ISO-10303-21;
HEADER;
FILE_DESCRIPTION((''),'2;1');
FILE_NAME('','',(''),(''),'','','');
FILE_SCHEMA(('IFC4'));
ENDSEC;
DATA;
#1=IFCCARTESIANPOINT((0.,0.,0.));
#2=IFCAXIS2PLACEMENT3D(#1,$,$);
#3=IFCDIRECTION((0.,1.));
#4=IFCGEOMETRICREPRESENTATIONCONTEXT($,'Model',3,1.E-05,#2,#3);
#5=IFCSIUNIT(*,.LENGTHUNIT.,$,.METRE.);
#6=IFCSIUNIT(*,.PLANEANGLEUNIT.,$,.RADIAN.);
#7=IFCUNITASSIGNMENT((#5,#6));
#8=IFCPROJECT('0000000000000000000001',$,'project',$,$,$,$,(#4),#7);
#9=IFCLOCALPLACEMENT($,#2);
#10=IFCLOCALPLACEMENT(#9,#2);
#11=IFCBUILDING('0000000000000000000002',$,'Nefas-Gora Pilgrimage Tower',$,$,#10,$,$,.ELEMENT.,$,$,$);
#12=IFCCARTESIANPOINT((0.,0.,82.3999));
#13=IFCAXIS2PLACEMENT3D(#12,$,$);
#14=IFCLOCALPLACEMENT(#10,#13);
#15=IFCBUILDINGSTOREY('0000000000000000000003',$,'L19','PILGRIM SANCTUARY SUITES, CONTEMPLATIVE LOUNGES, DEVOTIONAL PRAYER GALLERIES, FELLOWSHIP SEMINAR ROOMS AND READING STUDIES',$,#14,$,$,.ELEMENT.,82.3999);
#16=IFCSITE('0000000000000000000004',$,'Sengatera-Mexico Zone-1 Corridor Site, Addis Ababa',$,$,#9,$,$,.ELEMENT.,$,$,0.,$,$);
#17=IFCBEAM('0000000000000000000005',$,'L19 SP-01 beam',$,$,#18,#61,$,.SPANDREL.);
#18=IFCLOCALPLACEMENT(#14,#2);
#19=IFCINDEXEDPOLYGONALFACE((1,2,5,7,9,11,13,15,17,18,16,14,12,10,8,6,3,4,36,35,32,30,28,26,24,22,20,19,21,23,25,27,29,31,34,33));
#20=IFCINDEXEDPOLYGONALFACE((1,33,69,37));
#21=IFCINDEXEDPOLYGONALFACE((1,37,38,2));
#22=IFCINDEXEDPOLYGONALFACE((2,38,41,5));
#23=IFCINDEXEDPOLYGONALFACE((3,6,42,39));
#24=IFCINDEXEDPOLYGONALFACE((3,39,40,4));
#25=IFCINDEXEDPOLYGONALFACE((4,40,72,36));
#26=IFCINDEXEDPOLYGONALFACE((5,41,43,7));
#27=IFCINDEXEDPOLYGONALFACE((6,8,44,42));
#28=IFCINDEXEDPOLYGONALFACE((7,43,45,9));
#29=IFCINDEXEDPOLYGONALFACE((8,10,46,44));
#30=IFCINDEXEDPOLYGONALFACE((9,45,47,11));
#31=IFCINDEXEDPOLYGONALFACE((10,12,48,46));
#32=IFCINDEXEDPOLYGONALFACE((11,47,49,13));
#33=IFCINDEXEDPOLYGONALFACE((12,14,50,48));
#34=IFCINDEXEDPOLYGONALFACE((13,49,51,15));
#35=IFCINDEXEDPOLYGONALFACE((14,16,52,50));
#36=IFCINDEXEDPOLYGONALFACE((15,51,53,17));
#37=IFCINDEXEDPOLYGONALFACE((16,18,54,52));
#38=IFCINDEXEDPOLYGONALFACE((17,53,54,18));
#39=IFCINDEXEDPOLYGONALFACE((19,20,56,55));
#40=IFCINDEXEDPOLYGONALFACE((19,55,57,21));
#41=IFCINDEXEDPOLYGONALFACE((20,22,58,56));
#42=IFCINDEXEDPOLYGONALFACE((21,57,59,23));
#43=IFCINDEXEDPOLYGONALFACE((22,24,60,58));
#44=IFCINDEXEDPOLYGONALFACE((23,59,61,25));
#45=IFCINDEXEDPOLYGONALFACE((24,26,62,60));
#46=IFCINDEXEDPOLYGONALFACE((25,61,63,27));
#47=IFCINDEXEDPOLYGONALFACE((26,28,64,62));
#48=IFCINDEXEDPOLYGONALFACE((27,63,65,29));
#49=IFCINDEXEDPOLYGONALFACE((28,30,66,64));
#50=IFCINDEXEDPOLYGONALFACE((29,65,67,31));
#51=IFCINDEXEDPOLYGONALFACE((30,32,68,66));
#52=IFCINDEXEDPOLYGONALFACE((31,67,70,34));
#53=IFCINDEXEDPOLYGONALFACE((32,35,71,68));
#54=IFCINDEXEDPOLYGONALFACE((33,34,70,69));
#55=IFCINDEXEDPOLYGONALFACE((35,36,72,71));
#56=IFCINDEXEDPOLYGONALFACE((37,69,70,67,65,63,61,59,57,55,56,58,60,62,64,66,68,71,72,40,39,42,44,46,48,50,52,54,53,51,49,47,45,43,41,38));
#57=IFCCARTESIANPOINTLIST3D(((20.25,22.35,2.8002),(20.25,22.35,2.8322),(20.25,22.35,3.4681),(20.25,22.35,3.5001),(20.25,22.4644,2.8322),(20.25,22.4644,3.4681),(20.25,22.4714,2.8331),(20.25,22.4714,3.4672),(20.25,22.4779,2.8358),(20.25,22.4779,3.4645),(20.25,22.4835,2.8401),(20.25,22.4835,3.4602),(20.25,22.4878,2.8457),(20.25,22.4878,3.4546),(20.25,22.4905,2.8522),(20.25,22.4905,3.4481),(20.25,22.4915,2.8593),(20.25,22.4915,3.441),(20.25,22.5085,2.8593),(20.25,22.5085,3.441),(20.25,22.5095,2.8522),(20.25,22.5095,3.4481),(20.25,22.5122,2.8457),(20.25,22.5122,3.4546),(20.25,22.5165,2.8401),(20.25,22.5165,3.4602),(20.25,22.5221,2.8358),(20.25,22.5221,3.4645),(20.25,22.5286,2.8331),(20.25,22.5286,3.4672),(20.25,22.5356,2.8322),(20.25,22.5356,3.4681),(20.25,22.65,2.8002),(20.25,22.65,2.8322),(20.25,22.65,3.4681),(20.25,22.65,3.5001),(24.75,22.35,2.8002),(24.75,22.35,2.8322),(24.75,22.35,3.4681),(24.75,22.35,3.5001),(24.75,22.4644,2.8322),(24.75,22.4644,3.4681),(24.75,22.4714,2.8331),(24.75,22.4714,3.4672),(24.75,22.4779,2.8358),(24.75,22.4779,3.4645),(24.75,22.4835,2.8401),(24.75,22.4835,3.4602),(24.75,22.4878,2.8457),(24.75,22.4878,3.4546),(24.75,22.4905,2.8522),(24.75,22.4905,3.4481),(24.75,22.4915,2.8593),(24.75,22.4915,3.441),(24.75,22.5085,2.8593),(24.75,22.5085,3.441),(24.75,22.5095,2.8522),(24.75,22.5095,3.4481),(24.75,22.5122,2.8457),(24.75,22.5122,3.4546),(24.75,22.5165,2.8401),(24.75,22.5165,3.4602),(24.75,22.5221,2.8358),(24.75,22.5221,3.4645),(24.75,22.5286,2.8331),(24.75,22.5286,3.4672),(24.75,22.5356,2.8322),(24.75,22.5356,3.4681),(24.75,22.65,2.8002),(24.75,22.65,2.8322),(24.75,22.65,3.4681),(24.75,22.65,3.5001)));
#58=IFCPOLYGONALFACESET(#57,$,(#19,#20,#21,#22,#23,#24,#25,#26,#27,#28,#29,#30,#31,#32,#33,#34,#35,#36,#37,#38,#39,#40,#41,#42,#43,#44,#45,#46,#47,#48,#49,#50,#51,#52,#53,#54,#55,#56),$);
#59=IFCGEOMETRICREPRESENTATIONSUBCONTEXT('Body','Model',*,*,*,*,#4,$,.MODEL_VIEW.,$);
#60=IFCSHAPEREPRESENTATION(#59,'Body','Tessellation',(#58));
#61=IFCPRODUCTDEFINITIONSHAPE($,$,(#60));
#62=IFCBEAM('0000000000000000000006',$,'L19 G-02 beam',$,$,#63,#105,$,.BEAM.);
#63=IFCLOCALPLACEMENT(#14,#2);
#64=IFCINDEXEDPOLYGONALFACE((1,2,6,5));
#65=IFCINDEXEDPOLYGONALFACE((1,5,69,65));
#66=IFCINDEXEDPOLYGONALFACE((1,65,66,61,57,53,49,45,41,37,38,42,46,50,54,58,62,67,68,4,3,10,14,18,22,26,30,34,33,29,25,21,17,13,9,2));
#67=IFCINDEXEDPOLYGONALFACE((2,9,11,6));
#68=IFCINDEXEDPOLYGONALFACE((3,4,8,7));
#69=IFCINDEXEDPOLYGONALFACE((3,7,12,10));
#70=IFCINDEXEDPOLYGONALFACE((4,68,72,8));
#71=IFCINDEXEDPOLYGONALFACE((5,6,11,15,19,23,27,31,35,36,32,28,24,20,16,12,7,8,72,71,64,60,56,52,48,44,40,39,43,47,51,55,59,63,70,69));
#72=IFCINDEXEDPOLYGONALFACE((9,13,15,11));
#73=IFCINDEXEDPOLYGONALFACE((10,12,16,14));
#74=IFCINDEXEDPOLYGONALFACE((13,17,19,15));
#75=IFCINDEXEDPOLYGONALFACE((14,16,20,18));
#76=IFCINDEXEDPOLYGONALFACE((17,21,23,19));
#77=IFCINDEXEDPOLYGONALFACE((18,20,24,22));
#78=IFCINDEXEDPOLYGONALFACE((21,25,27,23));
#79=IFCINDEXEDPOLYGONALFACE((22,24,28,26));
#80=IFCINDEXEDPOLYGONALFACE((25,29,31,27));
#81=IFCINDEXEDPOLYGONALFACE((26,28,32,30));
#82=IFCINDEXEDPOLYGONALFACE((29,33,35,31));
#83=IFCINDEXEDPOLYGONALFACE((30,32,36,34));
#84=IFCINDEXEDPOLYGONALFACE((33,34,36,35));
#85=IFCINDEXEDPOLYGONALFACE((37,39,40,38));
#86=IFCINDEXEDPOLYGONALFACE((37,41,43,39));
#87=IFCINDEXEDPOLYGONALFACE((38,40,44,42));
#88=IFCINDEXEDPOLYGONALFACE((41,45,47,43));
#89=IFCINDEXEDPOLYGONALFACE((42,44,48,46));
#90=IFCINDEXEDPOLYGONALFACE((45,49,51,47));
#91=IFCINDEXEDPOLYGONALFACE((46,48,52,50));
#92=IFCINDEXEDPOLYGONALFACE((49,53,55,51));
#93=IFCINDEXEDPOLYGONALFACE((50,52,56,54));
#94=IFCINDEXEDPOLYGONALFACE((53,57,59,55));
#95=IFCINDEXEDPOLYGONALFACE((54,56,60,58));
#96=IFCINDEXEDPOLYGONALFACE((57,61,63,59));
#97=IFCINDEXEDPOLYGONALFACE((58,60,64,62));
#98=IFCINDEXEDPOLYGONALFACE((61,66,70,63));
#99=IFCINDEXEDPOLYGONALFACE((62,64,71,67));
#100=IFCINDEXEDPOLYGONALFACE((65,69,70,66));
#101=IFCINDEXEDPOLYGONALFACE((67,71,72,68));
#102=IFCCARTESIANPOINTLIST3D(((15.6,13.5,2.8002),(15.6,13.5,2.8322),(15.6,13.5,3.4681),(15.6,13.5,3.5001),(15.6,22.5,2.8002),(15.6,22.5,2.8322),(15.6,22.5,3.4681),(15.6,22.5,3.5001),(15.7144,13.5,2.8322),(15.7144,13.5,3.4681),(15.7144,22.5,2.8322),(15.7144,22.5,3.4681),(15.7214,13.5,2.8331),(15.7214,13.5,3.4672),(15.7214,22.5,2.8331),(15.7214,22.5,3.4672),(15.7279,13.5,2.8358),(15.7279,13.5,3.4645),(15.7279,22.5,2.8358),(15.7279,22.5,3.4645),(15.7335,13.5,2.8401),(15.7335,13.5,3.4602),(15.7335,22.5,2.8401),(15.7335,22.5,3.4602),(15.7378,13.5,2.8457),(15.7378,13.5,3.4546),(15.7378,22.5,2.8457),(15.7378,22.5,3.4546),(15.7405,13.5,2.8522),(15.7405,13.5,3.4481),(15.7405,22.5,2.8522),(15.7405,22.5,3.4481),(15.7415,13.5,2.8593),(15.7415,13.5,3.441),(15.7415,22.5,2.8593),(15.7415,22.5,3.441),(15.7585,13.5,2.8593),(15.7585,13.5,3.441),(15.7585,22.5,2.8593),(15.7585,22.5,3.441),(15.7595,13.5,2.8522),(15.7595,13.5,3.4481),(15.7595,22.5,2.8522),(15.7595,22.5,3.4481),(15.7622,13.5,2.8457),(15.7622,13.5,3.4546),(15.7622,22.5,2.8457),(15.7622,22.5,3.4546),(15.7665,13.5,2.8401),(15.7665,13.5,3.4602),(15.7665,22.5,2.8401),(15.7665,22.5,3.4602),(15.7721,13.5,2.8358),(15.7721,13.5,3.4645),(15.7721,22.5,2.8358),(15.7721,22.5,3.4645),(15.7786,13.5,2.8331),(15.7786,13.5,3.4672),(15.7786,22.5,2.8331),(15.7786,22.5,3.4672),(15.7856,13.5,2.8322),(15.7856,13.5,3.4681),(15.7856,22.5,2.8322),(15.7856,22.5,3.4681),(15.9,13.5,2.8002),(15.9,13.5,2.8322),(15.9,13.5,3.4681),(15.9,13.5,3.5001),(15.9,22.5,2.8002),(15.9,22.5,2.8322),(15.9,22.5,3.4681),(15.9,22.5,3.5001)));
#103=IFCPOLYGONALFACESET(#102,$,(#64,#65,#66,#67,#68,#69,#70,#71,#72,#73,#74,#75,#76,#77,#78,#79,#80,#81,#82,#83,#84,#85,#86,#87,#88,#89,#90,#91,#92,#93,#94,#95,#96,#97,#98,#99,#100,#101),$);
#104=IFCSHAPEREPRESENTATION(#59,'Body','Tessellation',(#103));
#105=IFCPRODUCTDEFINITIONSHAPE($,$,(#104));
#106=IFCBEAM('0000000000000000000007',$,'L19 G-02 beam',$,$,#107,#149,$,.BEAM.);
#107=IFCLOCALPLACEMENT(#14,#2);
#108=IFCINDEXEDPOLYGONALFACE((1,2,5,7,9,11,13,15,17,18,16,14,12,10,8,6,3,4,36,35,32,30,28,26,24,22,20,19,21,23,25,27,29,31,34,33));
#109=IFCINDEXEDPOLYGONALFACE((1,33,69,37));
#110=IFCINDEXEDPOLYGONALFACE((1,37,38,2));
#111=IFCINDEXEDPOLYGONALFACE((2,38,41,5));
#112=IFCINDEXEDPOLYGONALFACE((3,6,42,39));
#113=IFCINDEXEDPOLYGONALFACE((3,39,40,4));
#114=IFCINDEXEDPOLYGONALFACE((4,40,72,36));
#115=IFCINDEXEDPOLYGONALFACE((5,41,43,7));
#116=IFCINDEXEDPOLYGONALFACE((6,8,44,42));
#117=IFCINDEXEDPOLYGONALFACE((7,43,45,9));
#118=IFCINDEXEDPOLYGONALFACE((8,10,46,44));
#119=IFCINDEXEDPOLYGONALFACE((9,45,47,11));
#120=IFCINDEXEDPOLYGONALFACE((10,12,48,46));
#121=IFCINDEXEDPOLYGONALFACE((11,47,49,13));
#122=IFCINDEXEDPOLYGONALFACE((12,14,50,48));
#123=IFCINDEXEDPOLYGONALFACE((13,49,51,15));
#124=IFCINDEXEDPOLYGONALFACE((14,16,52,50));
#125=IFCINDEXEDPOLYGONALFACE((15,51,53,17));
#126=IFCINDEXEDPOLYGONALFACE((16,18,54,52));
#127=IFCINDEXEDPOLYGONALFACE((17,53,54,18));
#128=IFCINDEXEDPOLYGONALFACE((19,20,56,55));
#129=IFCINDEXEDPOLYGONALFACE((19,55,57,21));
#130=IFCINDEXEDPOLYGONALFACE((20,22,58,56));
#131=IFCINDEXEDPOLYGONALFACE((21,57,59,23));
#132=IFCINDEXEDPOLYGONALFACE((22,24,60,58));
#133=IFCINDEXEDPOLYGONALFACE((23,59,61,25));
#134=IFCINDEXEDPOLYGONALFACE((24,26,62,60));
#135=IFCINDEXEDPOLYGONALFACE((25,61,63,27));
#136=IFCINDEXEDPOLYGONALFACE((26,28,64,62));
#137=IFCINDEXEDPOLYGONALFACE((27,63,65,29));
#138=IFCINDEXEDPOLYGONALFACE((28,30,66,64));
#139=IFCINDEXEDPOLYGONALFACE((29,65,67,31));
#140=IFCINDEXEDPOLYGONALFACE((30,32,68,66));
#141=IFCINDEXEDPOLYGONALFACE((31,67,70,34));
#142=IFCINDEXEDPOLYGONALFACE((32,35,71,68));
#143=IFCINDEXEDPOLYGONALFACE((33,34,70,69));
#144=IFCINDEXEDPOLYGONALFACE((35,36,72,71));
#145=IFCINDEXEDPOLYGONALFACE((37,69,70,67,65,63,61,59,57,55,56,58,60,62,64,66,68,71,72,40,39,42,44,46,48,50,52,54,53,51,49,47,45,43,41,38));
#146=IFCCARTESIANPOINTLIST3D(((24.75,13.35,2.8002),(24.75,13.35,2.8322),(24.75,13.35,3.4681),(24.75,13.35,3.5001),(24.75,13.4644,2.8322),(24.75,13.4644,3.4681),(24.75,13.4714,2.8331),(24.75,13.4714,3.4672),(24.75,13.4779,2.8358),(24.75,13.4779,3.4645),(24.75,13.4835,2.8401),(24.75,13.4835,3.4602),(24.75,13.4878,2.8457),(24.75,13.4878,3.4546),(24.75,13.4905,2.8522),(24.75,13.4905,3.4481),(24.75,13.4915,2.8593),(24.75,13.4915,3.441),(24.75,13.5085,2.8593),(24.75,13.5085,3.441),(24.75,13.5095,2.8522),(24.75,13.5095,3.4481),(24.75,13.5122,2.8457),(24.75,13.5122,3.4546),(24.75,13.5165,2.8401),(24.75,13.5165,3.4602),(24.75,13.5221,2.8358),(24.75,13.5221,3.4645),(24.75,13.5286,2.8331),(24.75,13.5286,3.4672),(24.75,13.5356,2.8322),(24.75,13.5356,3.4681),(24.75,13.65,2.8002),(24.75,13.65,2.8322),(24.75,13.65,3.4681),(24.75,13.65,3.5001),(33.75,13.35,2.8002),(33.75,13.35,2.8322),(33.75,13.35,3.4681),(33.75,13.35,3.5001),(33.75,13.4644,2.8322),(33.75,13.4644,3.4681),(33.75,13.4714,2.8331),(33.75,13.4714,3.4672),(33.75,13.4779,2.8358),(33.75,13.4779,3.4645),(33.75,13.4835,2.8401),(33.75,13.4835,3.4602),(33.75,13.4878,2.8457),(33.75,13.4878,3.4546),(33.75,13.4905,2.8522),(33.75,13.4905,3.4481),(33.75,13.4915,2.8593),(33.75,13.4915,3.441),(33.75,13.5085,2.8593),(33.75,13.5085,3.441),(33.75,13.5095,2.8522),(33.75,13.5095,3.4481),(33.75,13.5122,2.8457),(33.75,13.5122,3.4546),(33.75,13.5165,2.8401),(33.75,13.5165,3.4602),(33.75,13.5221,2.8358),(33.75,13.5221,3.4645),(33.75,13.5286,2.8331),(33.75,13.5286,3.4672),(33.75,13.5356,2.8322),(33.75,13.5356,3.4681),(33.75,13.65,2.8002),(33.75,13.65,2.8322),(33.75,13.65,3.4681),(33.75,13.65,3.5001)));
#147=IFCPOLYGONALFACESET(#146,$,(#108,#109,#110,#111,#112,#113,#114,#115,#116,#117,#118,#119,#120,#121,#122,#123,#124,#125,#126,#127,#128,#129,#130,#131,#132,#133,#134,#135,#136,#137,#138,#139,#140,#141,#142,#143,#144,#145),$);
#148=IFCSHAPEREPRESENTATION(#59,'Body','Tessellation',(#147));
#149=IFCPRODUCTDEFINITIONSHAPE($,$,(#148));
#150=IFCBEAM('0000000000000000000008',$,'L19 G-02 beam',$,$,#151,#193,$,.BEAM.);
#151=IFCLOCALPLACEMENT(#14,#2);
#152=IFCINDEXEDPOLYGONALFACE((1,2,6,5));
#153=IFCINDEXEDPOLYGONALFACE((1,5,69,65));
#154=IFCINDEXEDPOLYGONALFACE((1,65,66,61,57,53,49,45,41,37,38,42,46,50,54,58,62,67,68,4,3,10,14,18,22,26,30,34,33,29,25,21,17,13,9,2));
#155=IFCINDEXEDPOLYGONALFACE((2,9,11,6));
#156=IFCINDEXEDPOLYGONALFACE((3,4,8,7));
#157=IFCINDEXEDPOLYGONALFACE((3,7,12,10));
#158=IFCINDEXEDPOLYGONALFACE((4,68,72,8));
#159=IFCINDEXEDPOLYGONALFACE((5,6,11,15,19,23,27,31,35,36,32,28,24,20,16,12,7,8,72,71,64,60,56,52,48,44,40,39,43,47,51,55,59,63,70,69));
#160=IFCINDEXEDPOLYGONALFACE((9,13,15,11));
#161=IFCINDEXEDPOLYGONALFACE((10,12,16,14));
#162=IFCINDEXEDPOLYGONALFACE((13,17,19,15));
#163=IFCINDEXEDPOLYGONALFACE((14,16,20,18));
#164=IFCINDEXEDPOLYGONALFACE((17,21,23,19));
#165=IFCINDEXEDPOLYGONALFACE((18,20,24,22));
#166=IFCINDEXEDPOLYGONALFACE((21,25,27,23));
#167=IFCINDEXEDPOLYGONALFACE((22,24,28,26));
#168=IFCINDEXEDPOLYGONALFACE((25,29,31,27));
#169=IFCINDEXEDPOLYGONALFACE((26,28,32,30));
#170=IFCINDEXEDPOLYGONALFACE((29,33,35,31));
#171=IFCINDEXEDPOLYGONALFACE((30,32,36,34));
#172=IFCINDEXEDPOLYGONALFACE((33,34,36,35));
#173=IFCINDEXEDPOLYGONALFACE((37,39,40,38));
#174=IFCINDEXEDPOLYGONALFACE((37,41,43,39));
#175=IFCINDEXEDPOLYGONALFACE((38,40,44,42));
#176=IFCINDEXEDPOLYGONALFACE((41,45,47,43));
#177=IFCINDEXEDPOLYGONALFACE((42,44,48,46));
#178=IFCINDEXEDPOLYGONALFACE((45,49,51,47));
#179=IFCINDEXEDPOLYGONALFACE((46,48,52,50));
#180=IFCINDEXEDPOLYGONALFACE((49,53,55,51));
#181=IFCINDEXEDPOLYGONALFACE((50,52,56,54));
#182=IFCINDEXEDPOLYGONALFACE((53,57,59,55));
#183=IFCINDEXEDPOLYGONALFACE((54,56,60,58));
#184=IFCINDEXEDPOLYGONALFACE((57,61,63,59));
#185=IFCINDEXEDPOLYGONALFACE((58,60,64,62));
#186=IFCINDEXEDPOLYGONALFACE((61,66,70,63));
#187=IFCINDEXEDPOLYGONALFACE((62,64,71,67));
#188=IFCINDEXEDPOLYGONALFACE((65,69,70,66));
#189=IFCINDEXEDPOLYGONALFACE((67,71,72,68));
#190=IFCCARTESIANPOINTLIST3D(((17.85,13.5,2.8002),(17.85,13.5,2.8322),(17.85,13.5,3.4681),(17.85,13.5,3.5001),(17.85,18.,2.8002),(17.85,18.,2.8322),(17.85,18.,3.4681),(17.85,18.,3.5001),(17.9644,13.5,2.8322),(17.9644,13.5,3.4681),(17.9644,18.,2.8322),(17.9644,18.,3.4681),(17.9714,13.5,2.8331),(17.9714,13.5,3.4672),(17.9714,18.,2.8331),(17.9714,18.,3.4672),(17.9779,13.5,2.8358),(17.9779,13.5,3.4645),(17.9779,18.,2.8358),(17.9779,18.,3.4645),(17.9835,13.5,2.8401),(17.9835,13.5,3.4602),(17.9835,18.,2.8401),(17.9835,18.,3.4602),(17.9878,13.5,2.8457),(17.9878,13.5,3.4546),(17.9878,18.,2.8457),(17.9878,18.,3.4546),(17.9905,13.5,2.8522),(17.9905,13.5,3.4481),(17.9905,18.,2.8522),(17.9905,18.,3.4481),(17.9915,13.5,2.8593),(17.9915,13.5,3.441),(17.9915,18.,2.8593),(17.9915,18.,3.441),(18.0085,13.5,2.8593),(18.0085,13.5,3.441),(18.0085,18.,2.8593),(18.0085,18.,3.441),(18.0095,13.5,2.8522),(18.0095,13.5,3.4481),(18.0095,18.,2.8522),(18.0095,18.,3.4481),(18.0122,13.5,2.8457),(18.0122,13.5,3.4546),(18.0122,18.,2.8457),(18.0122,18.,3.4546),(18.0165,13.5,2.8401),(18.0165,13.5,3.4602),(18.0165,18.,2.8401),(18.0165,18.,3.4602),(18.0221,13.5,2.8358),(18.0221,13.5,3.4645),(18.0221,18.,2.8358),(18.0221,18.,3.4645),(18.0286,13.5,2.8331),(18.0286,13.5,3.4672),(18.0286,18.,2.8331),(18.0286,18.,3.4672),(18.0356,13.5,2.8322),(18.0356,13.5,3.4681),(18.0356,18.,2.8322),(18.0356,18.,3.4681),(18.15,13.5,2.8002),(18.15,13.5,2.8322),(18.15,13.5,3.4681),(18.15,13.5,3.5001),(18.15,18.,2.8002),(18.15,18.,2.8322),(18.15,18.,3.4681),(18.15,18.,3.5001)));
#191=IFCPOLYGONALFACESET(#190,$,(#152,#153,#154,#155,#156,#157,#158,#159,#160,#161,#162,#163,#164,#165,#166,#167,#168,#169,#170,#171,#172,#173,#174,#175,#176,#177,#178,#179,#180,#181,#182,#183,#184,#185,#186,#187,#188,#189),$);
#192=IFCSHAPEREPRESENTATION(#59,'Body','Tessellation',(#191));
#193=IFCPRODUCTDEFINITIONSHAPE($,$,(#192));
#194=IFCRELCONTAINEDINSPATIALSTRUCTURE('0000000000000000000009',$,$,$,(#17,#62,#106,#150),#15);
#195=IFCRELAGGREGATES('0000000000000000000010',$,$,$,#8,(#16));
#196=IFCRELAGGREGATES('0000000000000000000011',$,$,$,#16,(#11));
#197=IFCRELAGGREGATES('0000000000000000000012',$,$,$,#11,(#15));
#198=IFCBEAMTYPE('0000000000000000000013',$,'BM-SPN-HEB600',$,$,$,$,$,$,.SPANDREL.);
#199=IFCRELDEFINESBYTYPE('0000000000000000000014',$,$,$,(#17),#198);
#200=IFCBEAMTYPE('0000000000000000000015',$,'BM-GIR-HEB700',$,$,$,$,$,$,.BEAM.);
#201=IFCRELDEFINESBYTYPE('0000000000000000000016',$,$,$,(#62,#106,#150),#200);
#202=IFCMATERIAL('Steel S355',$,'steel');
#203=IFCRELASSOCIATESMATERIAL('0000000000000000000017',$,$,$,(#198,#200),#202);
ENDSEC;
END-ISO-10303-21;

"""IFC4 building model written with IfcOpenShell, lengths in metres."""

from ifc_helpers import new_model, si_unit, direction, frame, origin, origin_2d, place, context, subcontext, project, spatial, i_section, extrude, source, transform, mapped, material, material_profile, profile_set, type_object, element, save


model = new_model("IFC4")

# Units and contexts
model_context = context("Model", 3, precision=1e-05, world=origin(), true_north=direction((0.0, 1.0)))
body_context = subcontext(model_context, "Body", "Model", "MODEL_VIEW")
ifc_project = project(units=[si_unit("LENGTHUNIT", "METRE"), si_unit("PLANEANGLEUNIT", "RADIAN")], contexts=[model_context])

# Site, building, storey
site_placement = place(None, origin())
site = spatial("IfcSite", under=ifc_project, at=site_placement, Name="Sengatera-Mexico Zone-1 Corridor Site, Addis Ababa", CompositionType="ELEMENT", RefElevation=0.0)
building_placement = place(site_placement, origin())
building = spatial("IfcBuilding", under=site, at=building_placement, Name="Nefas-Gora Pilgrimage Tower", CompositionType="ELEMENT")
storey_placement = place(building_placement, frame((0.0, 0.0, 82.3999)))
storey = spatial("IfcBuildingStorey", under=building, at=storey_placement, Name="L19", Description="PILGRIM SANCTUARY SUITES, CONTEMPLATIVE LOUNGES, DEVOTIONAL PRAYER GALLERIES, FELLOWSHIP SEMINAR ROOMS AND READING STUDIES", CompositionType="ELEMENT", Elevation=82.3999)

# Beams
ifc_material_1 = material(Name="Steel S355", Category="steel")
ifc_material_profile_1 = material_profile(ifc_material_1, i_section(OverallWidth=0.3, OverallDepth=0.7, WebThickness=0.0171, FlangeThickness=0.032, FilletRadius=0.0271, at=origin_2d()), Name="HEB 700")
ifc_profile_set_1 = profile_set([ifc_material_profile_1], Name="Steel S355")
beam_type_1 = type_object("IfcBeamType", Name="BM-SPN-HEB600", PredefinedType="SPANDREL", material=ifc_profile_set_1)
shared_shape_1 = source(origin(), body_context, "Body", "SweptSolid", [
    extrude(i_section(OverallWidth=0.3, OverallDepth=0.7, WebThickness=0.0171, FlangeThickness=0.032, FilletRadius=0.0271, at=origin_2d()), origin(), (0.0, 0.0, 1.0), 4.5),
])
beam_1_placement = place(storey_placement, frame((20.25, 22.5, 3.1501), z_axis=(1.0, 0.0, 0.0), x_axis=(0.0, 1.0, 0.0)))
element("IfcBeam", 1, at=beam_1_placement, inside=storey, type_object=beam_type_1, Name="L19 SP-01 beam", PredefinedType="SPANDREL", context=body_context, shape_type="MappedRepresentation", body=[
    mapped(shared_shape_1, transform((0.0, 0.0, 0.0), x_axis=(1.0, 0.0, 0.0), y_axis=(0.0, 1.0, 0.0), z_axis=(0.0, 0.0, 1.0), scale=1.0)),
])
ifc_material_profile_2 = material_profile(ifc_material_1, i_section(OverallWidth=0.3, OverallDepth=0.7, WebThickness=0.0171, FlangeThickness=0.032, FilletRadius=0.0271, at=origin_2d()), Name="HEB 700")
ifc_profile_set_2 = profile_set([ifc_material_profile_2], Name="Steel S355")
beam_type_2 = type_object("IfcBeamType", Name="BM-GIR-HEB700", PredefinedType="BEAM", material=ifc_profile_set_2)
shared_shape_2 = source(origin(), body_context, "Body", "SweptSolid", [
    extrude(i_section(OverallWidth=0.3, OverallDepth=0.7, WebThickness=0.0171, FlangeThickness=0.032, FilletRadius=0.0271, at=origin_2d()), origin(), (0.0, 0.0, 1.0), 9.0),
])
for number, where, z_axis, x_axis, name in (
    (2, (15.75, 13.5, 3.1501), (0.0, 1.0, 0.0), (-1.0, 0.0, 0.0), "L19 G-02 beam"),
    (3, (24.75, 13.5, 3.1501), (1.0, 0.0, 0.0), (0.0, 1.0, 0.0), "L19 G-02 beam"),
):
    element("IfcBeam", number, at=place(storey_placement, frame(where, z_axis=z_axis, x_axis=x_axis)), inside=storey, type_object=beam_type_2, Name=name, PredefinedType="BEAM", context=body_context, shape_type="MappedRepresentation", body=[
        mapped(shared_shape_2, transform((0.0, 0.0, 0.0), x_axis=(1.0, 0.0, 0.0), y_axis=(0.0, 1.0, 0.0), z_axis=(0.0, 0.0, 1.0), scale=1.0)),
    ])
shared_shape_3 = source(origin(), body_context, "Body", "SweptSolid", [
    extrude(i_section(OverallWidth=0.3, OverallDepth=0.7, WebThickness=0.0171, FlangeThickness=0.032, FilletRadius=0.0271, at=origin_2d()), origin(), (0.0, 0.0, 1.0), 4.5),
])
for number, where, z_axis, x_axis, name in (
    (4, (18.0, 13.5, 3.1501), (0.0, 1.0, 0.0), (-1.0, 0.0, 0.0), "L19 G-02 beam"),
):
    element("IfcBeam", number, at=place(storey_placement, frame(where, z_axis=z_axis, x_axis=x_axis)), inside=storey, type_object=beam_type_2, Name=name, PredefinedType="BEAM", context=body_context, shape_type="MappedRepresentation", body=[
        mapped(shared_shape_3, transform((0.0, 0.0, 0.0), x_axis=(1.0, 0.0, 0.0), y_axis=(0.0, 1.0, 0.0), z_axis=(0.0, 0.0, 1.0), scale=1.0)),
    ])

save(model, "model.ifc")
